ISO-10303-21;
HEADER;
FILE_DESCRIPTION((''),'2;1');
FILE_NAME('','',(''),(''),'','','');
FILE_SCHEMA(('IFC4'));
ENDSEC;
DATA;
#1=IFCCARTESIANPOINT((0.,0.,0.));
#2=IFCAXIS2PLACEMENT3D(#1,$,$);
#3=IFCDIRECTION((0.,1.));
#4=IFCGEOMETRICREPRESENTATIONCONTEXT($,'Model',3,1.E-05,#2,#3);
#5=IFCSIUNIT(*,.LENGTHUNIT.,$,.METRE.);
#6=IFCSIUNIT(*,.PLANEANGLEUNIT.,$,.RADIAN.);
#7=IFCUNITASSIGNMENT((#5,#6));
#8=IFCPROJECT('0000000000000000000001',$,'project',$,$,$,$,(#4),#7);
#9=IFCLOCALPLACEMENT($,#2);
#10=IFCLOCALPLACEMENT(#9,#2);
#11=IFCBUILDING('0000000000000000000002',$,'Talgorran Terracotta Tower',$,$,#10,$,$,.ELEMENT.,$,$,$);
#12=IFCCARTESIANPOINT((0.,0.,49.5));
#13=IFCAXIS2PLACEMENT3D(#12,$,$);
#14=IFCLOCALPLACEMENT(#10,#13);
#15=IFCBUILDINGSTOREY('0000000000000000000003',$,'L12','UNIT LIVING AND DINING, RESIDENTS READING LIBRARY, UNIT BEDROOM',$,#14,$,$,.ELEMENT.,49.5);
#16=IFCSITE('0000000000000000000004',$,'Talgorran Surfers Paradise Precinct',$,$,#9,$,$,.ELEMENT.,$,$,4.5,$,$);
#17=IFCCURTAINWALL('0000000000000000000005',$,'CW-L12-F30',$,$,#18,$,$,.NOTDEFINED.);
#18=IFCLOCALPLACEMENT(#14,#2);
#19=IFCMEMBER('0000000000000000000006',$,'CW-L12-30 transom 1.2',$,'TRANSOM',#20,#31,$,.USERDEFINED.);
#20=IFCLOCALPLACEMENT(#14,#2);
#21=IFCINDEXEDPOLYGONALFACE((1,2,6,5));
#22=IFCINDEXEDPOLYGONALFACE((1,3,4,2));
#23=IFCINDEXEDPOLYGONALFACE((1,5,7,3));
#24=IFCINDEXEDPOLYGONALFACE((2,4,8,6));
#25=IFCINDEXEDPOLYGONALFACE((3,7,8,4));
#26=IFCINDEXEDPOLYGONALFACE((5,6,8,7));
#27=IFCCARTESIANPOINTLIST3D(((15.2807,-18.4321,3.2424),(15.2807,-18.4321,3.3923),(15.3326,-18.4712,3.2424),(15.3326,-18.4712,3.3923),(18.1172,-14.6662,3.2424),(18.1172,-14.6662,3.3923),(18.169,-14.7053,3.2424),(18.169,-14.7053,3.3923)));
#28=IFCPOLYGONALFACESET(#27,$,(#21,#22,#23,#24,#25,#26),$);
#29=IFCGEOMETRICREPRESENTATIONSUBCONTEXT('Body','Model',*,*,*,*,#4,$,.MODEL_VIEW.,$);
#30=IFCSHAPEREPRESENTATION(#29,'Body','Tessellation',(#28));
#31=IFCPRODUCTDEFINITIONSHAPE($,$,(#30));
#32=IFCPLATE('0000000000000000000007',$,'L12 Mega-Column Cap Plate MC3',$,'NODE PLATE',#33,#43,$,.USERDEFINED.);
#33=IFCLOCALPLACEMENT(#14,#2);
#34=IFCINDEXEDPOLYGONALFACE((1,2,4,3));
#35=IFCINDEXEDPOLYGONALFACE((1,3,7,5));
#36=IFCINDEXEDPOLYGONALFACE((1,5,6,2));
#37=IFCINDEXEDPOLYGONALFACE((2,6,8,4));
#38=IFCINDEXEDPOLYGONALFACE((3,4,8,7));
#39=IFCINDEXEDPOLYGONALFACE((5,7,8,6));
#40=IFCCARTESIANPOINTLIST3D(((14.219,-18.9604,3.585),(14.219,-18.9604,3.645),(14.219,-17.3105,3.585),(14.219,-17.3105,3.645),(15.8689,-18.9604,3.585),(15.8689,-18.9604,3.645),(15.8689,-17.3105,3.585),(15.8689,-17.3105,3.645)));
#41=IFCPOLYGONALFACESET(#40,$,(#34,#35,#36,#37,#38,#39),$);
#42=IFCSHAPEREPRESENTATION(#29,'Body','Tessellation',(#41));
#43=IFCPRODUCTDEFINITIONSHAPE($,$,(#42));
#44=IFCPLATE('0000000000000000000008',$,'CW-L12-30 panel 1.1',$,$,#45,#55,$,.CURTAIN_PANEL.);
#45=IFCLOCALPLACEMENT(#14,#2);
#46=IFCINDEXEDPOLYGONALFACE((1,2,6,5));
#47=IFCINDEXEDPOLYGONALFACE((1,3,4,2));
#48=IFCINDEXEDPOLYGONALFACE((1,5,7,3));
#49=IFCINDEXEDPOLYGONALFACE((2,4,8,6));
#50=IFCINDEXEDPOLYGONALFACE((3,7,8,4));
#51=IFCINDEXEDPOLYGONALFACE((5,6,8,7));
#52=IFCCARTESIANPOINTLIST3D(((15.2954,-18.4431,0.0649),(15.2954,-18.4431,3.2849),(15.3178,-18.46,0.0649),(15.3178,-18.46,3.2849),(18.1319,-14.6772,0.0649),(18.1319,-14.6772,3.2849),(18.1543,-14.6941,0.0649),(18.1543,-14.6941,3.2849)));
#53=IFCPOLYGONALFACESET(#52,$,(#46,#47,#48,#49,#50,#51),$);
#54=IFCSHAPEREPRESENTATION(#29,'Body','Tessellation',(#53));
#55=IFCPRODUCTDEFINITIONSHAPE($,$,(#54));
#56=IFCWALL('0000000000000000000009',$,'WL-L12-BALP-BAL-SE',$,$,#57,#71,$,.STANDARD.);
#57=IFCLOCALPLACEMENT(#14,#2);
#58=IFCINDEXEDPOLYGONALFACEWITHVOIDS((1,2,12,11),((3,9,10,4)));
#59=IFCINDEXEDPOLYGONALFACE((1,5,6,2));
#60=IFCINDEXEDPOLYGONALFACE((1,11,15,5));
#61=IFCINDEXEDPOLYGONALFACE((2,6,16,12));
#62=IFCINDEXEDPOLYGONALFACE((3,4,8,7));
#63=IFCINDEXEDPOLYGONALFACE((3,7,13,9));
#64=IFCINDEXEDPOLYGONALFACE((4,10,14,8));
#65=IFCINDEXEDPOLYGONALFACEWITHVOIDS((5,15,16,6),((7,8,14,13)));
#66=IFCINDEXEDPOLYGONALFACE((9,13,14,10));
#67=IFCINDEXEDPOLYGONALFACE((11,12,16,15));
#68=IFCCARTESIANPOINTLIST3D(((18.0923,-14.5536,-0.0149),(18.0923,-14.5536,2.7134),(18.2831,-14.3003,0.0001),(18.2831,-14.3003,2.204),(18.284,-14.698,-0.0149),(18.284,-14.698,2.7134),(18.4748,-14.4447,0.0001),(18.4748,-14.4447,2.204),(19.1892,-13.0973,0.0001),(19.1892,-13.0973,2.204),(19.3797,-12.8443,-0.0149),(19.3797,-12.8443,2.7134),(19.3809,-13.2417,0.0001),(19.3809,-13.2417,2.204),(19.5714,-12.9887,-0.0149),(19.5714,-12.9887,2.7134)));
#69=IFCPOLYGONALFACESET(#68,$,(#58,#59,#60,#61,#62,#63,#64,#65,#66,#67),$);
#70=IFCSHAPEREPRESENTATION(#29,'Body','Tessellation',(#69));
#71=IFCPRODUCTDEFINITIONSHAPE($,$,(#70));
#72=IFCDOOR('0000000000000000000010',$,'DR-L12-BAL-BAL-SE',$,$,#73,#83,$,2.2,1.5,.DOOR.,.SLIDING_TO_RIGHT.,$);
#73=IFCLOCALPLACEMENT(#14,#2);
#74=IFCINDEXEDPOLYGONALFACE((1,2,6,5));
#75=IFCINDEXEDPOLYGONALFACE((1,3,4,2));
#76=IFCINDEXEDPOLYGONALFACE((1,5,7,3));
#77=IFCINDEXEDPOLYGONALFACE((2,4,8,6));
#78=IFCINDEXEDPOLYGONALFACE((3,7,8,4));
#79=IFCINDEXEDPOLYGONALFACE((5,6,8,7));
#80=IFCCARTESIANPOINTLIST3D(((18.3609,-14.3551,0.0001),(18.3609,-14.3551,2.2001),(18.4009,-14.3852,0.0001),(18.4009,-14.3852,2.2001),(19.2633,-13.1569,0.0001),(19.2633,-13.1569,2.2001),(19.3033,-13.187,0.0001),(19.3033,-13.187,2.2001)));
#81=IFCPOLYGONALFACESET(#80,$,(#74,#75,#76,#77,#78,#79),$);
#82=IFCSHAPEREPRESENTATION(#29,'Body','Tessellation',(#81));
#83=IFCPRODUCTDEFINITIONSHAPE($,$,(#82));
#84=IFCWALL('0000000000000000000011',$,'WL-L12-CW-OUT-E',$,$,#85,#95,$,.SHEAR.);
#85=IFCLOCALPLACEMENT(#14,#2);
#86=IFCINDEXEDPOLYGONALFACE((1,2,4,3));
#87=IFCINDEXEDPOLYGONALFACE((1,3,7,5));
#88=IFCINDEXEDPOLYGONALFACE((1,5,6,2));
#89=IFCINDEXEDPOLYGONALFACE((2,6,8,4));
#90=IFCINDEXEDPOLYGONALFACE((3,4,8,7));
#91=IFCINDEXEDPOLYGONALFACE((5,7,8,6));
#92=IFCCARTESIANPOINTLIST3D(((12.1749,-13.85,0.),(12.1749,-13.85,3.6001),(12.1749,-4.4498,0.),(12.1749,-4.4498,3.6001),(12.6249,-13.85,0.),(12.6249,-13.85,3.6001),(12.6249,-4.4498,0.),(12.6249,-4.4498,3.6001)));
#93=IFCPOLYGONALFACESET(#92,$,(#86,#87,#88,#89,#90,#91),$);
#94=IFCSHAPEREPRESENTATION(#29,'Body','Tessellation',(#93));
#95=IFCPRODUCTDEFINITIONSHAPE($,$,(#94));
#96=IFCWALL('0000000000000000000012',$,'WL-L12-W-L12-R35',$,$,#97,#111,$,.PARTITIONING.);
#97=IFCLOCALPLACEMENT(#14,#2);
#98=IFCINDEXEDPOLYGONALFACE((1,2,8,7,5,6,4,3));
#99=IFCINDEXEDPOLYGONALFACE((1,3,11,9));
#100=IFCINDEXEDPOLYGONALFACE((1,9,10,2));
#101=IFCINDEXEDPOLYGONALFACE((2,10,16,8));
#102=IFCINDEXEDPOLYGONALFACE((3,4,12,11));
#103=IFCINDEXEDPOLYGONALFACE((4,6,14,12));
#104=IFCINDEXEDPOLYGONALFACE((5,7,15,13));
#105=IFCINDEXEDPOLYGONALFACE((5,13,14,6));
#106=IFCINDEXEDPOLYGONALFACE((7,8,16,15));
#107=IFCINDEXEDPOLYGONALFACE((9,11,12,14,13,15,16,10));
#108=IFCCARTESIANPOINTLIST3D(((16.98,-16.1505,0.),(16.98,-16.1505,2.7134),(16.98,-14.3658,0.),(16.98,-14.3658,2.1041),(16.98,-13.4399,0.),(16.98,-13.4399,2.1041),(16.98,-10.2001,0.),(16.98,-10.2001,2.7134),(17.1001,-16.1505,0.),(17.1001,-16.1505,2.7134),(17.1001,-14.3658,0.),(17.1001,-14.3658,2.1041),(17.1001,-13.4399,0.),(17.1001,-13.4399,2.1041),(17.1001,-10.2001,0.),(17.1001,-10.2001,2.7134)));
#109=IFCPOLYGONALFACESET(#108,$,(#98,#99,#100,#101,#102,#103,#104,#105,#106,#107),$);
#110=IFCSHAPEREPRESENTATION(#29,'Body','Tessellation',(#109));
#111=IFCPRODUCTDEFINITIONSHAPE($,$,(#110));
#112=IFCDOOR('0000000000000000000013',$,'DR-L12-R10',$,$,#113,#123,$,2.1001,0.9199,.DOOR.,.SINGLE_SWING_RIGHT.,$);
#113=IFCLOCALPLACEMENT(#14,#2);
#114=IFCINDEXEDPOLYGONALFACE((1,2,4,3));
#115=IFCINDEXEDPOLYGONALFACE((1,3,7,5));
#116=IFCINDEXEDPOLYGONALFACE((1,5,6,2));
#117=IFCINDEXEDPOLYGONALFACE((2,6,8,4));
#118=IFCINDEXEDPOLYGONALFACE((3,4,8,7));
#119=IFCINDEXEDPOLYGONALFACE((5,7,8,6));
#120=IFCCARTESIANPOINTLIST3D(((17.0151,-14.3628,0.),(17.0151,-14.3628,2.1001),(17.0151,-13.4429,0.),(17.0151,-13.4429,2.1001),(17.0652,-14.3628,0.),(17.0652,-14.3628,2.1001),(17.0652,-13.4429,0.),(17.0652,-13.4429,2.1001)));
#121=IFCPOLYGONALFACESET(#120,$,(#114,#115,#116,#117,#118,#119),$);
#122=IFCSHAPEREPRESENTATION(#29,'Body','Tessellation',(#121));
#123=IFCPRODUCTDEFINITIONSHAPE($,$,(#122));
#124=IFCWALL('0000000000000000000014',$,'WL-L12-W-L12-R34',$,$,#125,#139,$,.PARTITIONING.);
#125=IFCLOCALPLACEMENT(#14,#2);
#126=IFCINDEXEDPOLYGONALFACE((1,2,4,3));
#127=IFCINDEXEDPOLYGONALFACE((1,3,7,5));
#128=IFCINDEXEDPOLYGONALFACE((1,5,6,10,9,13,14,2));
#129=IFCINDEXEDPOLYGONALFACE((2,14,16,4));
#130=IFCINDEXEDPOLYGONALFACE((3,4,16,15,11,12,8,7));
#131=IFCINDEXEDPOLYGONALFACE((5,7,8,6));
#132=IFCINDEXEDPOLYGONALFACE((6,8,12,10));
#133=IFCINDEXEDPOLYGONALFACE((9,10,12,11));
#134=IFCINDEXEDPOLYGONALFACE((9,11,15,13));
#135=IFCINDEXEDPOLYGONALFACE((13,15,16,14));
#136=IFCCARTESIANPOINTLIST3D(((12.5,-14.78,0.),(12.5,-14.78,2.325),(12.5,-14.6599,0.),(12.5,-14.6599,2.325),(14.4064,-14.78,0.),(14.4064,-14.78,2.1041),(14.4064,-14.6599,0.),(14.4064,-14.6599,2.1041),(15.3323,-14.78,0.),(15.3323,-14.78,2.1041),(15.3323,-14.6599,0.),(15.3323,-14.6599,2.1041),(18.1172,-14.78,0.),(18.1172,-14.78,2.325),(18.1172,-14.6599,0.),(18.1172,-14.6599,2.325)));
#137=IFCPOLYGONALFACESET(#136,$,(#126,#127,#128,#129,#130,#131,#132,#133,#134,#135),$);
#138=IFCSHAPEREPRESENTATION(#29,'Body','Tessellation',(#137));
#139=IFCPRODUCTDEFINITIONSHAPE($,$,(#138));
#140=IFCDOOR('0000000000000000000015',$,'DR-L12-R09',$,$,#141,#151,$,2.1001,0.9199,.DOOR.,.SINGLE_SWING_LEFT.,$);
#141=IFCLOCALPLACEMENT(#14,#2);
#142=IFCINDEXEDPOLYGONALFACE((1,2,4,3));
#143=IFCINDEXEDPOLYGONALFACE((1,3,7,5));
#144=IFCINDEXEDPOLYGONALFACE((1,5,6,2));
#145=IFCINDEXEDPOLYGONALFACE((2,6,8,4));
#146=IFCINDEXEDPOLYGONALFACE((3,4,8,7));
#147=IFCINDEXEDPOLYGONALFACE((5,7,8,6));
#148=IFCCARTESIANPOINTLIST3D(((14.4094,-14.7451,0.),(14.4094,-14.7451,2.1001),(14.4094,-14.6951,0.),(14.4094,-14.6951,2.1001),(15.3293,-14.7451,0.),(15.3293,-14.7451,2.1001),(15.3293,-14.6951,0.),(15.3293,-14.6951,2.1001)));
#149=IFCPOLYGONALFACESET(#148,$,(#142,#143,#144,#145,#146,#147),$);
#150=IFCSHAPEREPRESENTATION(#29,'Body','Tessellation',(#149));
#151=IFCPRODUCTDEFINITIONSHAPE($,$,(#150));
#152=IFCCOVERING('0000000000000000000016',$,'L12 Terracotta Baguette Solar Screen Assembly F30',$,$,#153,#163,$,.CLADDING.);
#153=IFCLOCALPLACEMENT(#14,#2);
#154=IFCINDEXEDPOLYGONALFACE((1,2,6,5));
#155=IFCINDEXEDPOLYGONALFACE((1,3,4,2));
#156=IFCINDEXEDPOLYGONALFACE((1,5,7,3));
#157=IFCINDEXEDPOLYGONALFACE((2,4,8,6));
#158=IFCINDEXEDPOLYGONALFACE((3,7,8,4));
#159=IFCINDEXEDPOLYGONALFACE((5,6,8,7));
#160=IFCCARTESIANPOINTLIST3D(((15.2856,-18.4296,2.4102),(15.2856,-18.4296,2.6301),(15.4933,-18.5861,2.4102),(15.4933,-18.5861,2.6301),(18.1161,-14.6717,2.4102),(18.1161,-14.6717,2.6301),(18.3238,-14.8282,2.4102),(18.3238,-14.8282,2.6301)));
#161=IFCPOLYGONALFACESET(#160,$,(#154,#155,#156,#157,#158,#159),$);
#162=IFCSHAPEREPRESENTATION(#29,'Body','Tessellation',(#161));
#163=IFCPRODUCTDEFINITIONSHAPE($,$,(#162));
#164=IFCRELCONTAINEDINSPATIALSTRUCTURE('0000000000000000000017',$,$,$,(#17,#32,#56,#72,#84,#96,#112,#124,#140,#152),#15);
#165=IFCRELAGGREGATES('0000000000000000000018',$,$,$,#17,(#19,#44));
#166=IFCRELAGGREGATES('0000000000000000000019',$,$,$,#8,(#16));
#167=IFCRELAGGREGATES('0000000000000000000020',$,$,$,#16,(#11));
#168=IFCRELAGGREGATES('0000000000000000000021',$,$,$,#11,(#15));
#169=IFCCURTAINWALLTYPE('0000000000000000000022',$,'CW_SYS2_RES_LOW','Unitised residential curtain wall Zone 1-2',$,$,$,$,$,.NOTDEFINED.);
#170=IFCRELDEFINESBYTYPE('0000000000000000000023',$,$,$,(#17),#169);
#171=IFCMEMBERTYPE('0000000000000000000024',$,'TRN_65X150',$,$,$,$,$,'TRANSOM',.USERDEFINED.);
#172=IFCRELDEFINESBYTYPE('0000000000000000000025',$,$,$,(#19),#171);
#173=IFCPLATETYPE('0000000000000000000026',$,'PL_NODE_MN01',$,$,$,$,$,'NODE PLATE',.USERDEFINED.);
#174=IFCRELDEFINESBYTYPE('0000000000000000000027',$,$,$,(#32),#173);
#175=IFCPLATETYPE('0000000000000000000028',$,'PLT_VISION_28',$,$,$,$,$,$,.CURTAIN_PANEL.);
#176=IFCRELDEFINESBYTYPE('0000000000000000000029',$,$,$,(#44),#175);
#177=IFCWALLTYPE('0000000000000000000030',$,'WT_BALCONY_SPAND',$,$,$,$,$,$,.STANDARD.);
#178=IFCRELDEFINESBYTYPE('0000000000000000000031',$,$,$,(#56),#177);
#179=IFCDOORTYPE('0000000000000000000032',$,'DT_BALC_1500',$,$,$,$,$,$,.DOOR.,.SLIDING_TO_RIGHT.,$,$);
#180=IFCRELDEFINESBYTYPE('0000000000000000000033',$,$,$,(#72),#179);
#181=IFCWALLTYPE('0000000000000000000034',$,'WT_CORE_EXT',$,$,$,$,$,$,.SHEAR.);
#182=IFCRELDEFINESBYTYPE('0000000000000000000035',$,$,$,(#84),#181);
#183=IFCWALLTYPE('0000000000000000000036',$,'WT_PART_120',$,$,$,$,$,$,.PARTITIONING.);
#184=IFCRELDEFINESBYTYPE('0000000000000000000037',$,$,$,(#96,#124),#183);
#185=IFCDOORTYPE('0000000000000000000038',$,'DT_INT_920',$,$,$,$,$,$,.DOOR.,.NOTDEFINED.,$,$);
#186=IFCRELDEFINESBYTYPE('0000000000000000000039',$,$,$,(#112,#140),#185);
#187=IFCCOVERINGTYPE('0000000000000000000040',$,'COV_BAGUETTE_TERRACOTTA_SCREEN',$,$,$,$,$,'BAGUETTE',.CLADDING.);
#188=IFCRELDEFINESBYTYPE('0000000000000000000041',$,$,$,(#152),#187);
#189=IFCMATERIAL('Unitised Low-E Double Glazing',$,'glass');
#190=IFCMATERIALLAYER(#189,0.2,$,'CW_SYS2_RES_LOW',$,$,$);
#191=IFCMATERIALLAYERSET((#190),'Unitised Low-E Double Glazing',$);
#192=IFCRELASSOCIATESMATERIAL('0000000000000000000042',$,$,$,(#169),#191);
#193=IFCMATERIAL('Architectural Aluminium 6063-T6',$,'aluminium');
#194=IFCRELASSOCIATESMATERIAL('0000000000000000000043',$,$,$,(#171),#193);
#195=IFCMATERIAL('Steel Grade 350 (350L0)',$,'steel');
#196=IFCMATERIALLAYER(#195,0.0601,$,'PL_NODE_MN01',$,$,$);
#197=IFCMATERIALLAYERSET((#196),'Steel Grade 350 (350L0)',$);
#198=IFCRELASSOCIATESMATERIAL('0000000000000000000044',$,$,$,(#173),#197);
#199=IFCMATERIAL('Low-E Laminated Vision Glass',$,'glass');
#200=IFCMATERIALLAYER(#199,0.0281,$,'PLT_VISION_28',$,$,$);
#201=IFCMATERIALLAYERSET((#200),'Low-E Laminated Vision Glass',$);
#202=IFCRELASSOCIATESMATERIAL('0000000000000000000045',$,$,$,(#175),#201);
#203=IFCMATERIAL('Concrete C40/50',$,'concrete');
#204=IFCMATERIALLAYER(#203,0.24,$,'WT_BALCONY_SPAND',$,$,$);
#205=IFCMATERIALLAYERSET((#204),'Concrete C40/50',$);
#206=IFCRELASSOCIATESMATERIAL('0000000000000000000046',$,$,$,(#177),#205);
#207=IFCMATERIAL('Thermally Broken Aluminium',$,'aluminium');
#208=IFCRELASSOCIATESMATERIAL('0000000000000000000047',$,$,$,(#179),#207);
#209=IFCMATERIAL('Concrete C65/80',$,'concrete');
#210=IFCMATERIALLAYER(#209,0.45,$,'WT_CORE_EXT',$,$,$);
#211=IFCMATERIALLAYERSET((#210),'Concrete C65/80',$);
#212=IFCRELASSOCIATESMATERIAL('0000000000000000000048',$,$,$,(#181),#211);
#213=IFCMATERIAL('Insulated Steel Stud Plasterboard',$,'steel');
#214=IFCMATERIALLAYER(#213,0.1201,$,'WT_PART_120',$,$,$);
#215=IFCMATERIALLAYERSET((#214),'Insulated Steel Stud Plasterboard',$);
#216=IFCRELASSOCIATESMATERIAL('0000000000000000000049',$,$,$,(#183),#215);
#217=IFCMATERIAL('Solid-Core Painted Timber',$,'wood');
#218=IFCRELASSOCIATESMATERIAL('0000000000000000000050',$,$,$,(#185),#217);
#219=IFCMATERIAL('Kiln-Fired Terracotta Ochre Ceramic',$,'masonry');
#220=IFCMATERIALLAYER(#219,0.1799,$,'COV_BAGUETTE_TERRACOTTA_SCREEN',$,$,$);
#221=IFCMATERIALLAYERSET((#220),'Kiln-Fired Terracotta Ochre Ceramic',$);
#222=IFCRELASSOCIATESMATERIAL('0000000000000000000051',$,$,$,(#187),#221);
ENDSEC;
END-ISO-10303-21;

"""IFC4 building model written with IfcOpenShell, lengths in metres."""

from ifc_helpers import new_model, si_unit, direction, frame, frame_2d, origin, origin_2d, place, context, subcontext, project, spatial, rectangle, extrude, source, transform, mapped, material, layer, layer_set, material_profile, profile_set, type_object, type_shapes, element, fill, aggregate, save


model = new_model("IFC4")

# Units and contexts
model_context = context("Model", 3, precision=1e-05, world=origin(), true_north=direction((0.0, 1.0)))
body_context = subcontext(model_context, "Body", "Model", "MODEL_VIEW")
ifc_project = project(units=[si_unit("LENGTHUNIT", "METRE"), si_unit("PLANEANGLEUNIT", "RADIAN")], contexts=[model_context])

# Site, building, storey
site_placement = place(None, origin())
site = spatial("IfcSite", under=ifc_project, at=site_placement, Name="Talgorran Surfers Paradise Precinct", CompositionType="ELEMENT", RefElevation=4.5)
building_placement = place(site_placement, origin())
building = spatial("IfcBuilding", under=site, at=building_placement, Name="Talgorran Terracotta Tower", CompositionType="ELEMENT")
storey_placement = place(building_placement, frame((0.0, 0.0, 49.5)))
storey = spatial("IfcBuildingStorey", under=building, at=storey_placement, Name="L12", Description="UNIT LIVING AND DINING, RESIDENTS READING LIBRARY, UNIT BEDROOM", CompositionType="ELEMENT", Elevation=49.5)

# Shared definitions
ifc_material_1 = material(Name="Steel Grade 350 (350L0)", Category="steel")

# Shared definitions
ifc_material_2 = material(Name="Unitised Low-E Double Glazing", Category="glass")
ifc_layer_1 = layer(ifc_material_2, 0.2, Name="CW_SYS2_RES_LOW")
ifc_layer_set_1 = layer_set([ifc_layer_1], Name="Unitised Low-E Double Glazing")
curtain_wall_type = type_object("IfcCurtainWallType", Name="CW_SYS2_RES_LOW", Description="Unitised residential curtain wall Zone 1-2", PredefinedType="NOTDEFINED", material=ifc_layer_set_1)
ifc_material_3 = material(Name="Architectural Aluminium 6063-T6", Category="aluminium")

# Curtain wall, member
curtain_wall_1_placement = place(storey_placement, origin())
curtain_wall_1 = element("IfcCurtainWall", 1, at=curtain_wall_1_placement, inside=storey, type_object=curtain_wall_type, Name="CW-L12-F30", PredefinedType="NOTDEFINED")
ifc_material_profile_1 = material_profile(ifc_material_3, rectangle(XDim=0.0649, YDim=0.1499, at=origin_2d()), Name="CWT65X150")
ifc_profile_set_1 = profile_set([ifc_material_profile_1], Name="Architectural Aluminium 6063-T6")
member_type_1 = type_object("IfcMemberType", Name="TRN_65X150", ElementType="TRANSOM", PredefinedType="USERDEFINED", material=ifc_profile_set_1)
member_1_placement = place(storey_placement, frame((15.3066, -18.4517, 3.3174), z_axis=(0.601631, 0.798774, 0.0), x_axis=(-0.798774, 0.601631, 0.0)))
member_1 = element("IfcMember", 2, at=member_1_placement, type_object=member_type_1, Name="CW-L12-30 transom 1.2", ObjectType="TRANSOM", PredefinedType="USERDEFINED", context=body_context, shape_type="SweptSolid", body=[
    extrude(rectangle(XDim=0.0649, YDim=0.1499, at=origin_2d()), origin(), (0.0, 0.0, 1.0), 4.7146),
])

# Plates
ifc_layer_2 = layer(ifc_material_1, 0.0601, Name="PL_NODE_MN01")
ifc_layer_set_2 = layer_set([ifc_layer_2], Name="Steel Grade 350 (350L0)")
plate_type_1 = type_object("IfcPlateType", Name="PL_NODE_MN01", ElementType="NODE PLATE", PredefinedType="USERDEFINED", material=ifc_layer_set_2)
plate_1_placement = place(storey_placement, frame((15.0439, -18.1355, 3.585), z_axis=(0.0, 0.0, 1.0), x_axis=(1.0, 0.0, 0.0)))
element("IfcPlate", 3, at=plate_1_placement, inside=storey, type_object=plate_type_1, Name="L12 Mega-Column Cap Plate MC3", ObjectType="NODE PLATE", PredefinedType="USERDEFINED", context=body_context, shape_type="SweptSolid", body=[
    extrude(rectangle(XDim=1.6499, YDim=1.6499, at=origin_2d()), origin(), (0.0, 0.0, 1.0), 0.0601),
])
ifc_material_4 = material(Name="Low-E Laminated Vision Glass", Category="glass")
ifc_layer_3 = layer(ifc_material_4, 0.0281, Name="PLT_VISION_28")
ifc_layer_set_3 = layer_set([ifc_layer_3], Name="Low-E Laminated Vision Glass")
plate_type_2 = type_object("IfcPlateType", Name="PLT_VISION_28", PredefinedType="CURTAIN_PANEL", material=ifc_layer_set_3)
shared_shape = source(origin(), body_context, "Body", "SweptSolid", [
    extrude(rectangle(XDim=4.7146, YDim=0.0281, at=origin_2d()), origin(), (0.0, 0.0, 1.0), 3.22),
])
type_shapes(plate_type_2, [shared_shape])
plate_2_placement = place(storey_placement, frame((16.7249, -16.5686, 0.0649), z_axis=(0.0, 0.0, 1.0), x_axis=(0.60163, 0.798775, 0.0)))
plate_2 = element("IfcPlate", 4, at=plate_2_placement, type_object=plate_type_2, Name="CW-L12-30 panel 1.1", PredefinedType="CURTAIN_PANEL", context=body_context, shape_type="MappedRepresentation", body=[
    mapped(shared_shape, transform((0.0, 0.0, 0.0), scale=1.0)),
])
aggregate(curtain_wall_1, [member_1, plate_2])

# Wall, opening, door
ifc_material_5 = material(Name="Concrete C40/50", Category="concrete")
ifc_layer_4 = layer(ifc_material_5, 0.24, Name="WT_BALCONY_SPAND")
ifc_layer_set_4 = layer_set([ifc_layer_4], Name="Concrete C40/50")
wall_type_1 = type_object("IfcWallType", Name="WT_BALCONY_SPAND", PredefinedType="STANDARD", material=ifc_layer_set_4)
wall_1_placement = place(storey_placement, frame((18.1882, -14.6257, -0.0149), z_axis=(0.0, 0.0, 1.0), x_axis=(0.601623, 0.79878, 0.0)))
wall_1 = element("IfcWall", 5, at=wall_1_placement, inside=storey, type_object=wall_type_1, Name="WL-L12-BALP-BAL-SE", PredefinedType="STANDARD", context=body_context, shape_type="SweptSolid", body=[
    extrude(rectangle(XDim=2.1399, YDim=0.24, at=frame_2d((1.0698, 0.0))), origin(), (0.0, 0.0, 1.0), 2.7283),
])
opening_1_placement = place(wall_1_placement, frame((0.3201, 0.0, 0.0149)))
opening_1 = element("IfcOpeningElement", 6, at=opening_1_placement, cuts=wall_1, PredefinedType="OPENING", context=body_context, shape_type="SweptSolid", body=[
    extrude(rectangle(XDim=1.506, YDim=2.204, at=frame_2d((0.75, 1.1021))), frame((0.0, 0.1299, 0.0), z_axis=(0.0, -1.0, 0.0), x_axis=(1.0, 0.0, 0.0)), (0.0, 0.0, 1.0), 0.26),
])
ifc_material_6 = material(Name="Thermally Broken Aluminium", Category="aluminium")
door_type_1 = type_object("IfcDoorType", Name="DT_BALC_1500", OperationType="SLIDING_TO_RIGHT", PredefinedType="DOOR", material=ifc_material_6)
door_1_placement = place(opening_1_placement, origin())
door_1 = element("IfcDoor", 7, at=door_1_placement, inside=storey, type_object=door_type_1, Name="DR-L12-BAL-BAL-SE", OperationType="SLIDING_TO_RIGHT", OverallHeight=2.2, OverallWidth=1.5, PredefinedType="DOOR", context=body_context, shape_type="SweptSolid", body=[
    extrude(rectangle(XDim=1.5, YDim=2.2, at=frame_2d((0.75, 1.1001))), frame((0.0, 0.0249, 0.0), z_axis=(0.0, -1.0, 0.0), x_axis=(1.0, 0.0, 0.0)), (0.0, 0.0, 1.0), 0.05),
])
fill(opening_1, door_1)

# Wall
ifc_material_7 = material(Name="Concrete C65/80", Category="concrete")
ifc_layer_5 = layer(ifc_material_7, 0.45, Name="WT_CORE_EXT")
ifc_layer_set_5 = layer_set([ifc_layer_5], Name="Concrete C65/80")
wall_type_2 = type_object("IfcWallType", Name="WT_CORE_EXT", PredefinedType="SHEAR", material=ifc_layer_set_5)
wall_2_placement = place(storey_placement, frame((12.3999, -13.8501, 0.0), z_axis=(0.0, 0.0, 1.0), x_axis=(0.0, 1.0, 0.0)))
element("IfcWall", 8, at=wall_2_placement, inside=storey, type_object=wall_type_2, Name="WL-L12-CW-OUT-E", PredefinedType="SHEAR", context=body_context, shape_type="SweptSolid", body=[
    extrude(rectangle(XDim=9.4001, YDim=0.45, at=frame_2d((4.7002, 0.0))), origin(), (0.0, 0.0, 1.0), 3.6001),
])

# Walls, openings, doors
ifc_material_8 = material(Name="Insulated Steel Stud Plasterboard", Category="steel")
ifc_layer_6 = layer(ifc_material_8, 0.1201, Name="WT_PART_120")
ifc_layer_set_6 = layer_set([ifc_layer_6], Name="Insulated Steel Stud Plasterboard")
wall_type_3 = type_object("IfcWallType", Name="WT_PART_120", PredefinedType="PARTITIONING", material=ifc_layer_set_6)
wall_3_placement = place(storey_placement, frame((17.04, -16.1504, 0.0), z_axis=(0.0, 0.0, 1.0), x_axis=(0.0, 1.0, 0.0)))
wall_3 = element("IfcWall", 9, at=wall_3_placement, inside=storey, type_object=wall_type_3, Name="WL-L12-W-L12-R35", PredefinedType="PARTITIONING", context=body_context, shape_type="SweptSolid", body=[
    extrude(rectangle(XDim=5.9504, YDim=0.1201, at=frame_2d((2.9751, 0.0))), origin(), (0.0, 0.0, 1.0), 2.7134),
])
opening_2_placement = place(wall_3_placement, frame((1.7876, 0.0, 0.0)))
opening_2 = element("IfcOpeningElement", 10, at=opening_2_placement, cuts=wall_3, PredefinedType="OPENING", context=body_context, shape_type="SweptSolid", body=[
    extrude(rectangle(XDim=0.9259, YDim=2.1041, at=frame_2d((0.46, 1.052))), frame((0.0, 0.0701, 0.0), z_axis=(0.0, -1.0, 0.0), x_axis=(1.0, 0.0, 0.0)), (0.0, 0.0, 1.0), 0.1401),
])
ifc_material_9 = material(Name="Solid-Core Painted Timber", Category="wood")
door_type_2 = type_object("IfcDoorType", Name="DT_INT_920", OperationType="NOTDEFINED", PredefinedType="DOOR", material=ifc_material_9)
door_2_placement = place(opening_2_placement, origin())
door_2 = element("IfcDoor", 11, at=door_2_placement, inside=storey, type_object=door_type_2, Name="DR-L12-R10", OperationType="SINGLE_SWING_RIGHT", OverallHeight=2.1001, OverallWidth=0.9199, PredefinedType="DOOR", context=body_context, shape_type="SweptSolid", body=[
    extrude(rectangle(XDim=0.9199, YDim=2.1001, at=frame_2d((0.46, 1.05))), frame((0.0, 0.0249, 0.0), z_axis=(0.0, -1.0, 0.0), x_axis=(1.0, 0.0, 0.0)), (0.0, 0.0, 1.0), 0.05),
])
fill(opening_2, door_2)
wall_4_placement = place(storey_placement, frame((12.5, -14.72, 0.0), z_axis=(0.0, 0.0, 1.0), x_axis=(1.0, 0.0, 0.0)))
wall_4 = element("IfcWall", 12, at=wall_4_placement, inside=storey, type_object=wall_type_3, Name="WL-L12-W-L12-R34", PredefinedType="PARTITIONING", context=body_context, shape_type="SweptSolid", body=[
    extrude(rectangle(XDim=5.6172, YDim=0.1201, at=frame_2d((2.8086, 0.0))), origin(), (0.0, 0.0, 1.0), 2.325),
])
opening_3_placement = place(wall_4_placement, frame((1.9094, 0.0, 0.0)))
opening_3 = element("IfcOpeningElement", 13, at=opening_3_placement, cuts=wall_4, PredefinedType="OPENING", context=body_context, shape_type="SweptSolid", body=[
    extrude(rectangle(XDim=0.9259, YDim=2.1041, at=frame_2d((0.46, 1.052))), frame((0.0, 0.0701, 0.0), z_axis=(0.0, -1.0, 0.0), x_axis=(1.0, 0.0, 0.0)), (0.0, 0.0, 1.0), 0.1401),
])
door_3_placement = place(opening_3_placement, origin())
door_3 = element("IfcDoor", 14, at=door_3_placement, inside=storey, type_object=door_type_2, Name="DR-L12-R09", OperationType="SINGLE_SWING_LEFT", OverallHeight=2.1001, OverallWidth=0.9199, PredefinedType="DOOR", context=body_context, shape_type="SweptSolid", body=[
    extrude(rectangle(XDim=0.9199, YDim=2.1001, at=frame_2d((0.46, 1.05))), frame((0.0, 0.0249, 0.0), z_axis=(0.0, -1.0, 0.0), x_axis=(1.0, 0.0, 0.0)), (0.0, 0.0, 1.0), 0.05),
])
fill(opening_3, door_3)

# Covering
ifc_material_10 = material(Name="Kiln-Fired Terracotta Ochre Ceramic", Category="masonry")
ifc_layer_7 = layer(ifc_material_10, 0.1799, Name="COV_BAGUETTE_TERRACOTTA_SCREEN")
ifc_layer_set_7 = layer_set([ifc_layer_7], Name="Kiln-Fired Terracotta Ochre Ceramic")
covering_type_1 = type_object("IfcCoveringType", Name="COV_BAGUETTE_TERRACOTTA_SCREEN", ElementType="BAGUETTE", PredefinedType="CLADDING", material=ifc_layer_set_7)
covering_1_placement = place(storey_placement, frame((16.8047, -16.6289, 2.4102), z_axis=(0.0, 0.0, 1.0), x_axis=(0.601634, 0.798772, 0.0)))
element("IfcCovering", 15, at=covering_1_placement, inside=storey, type_object=covering_type_1, Name="L12 Terracotta Baguette Solar Screen Assembly F30", PredefinedType="CLADDING", context=body_context, shape_type="SweptSolid", body=[
    extrude(rectangle(XDim=4.7046, YDim=0.26, at=origin_2d()), origin(), (0.0, 0.0, 1.0), 0.22),
])

save(model, "model.ifc")
